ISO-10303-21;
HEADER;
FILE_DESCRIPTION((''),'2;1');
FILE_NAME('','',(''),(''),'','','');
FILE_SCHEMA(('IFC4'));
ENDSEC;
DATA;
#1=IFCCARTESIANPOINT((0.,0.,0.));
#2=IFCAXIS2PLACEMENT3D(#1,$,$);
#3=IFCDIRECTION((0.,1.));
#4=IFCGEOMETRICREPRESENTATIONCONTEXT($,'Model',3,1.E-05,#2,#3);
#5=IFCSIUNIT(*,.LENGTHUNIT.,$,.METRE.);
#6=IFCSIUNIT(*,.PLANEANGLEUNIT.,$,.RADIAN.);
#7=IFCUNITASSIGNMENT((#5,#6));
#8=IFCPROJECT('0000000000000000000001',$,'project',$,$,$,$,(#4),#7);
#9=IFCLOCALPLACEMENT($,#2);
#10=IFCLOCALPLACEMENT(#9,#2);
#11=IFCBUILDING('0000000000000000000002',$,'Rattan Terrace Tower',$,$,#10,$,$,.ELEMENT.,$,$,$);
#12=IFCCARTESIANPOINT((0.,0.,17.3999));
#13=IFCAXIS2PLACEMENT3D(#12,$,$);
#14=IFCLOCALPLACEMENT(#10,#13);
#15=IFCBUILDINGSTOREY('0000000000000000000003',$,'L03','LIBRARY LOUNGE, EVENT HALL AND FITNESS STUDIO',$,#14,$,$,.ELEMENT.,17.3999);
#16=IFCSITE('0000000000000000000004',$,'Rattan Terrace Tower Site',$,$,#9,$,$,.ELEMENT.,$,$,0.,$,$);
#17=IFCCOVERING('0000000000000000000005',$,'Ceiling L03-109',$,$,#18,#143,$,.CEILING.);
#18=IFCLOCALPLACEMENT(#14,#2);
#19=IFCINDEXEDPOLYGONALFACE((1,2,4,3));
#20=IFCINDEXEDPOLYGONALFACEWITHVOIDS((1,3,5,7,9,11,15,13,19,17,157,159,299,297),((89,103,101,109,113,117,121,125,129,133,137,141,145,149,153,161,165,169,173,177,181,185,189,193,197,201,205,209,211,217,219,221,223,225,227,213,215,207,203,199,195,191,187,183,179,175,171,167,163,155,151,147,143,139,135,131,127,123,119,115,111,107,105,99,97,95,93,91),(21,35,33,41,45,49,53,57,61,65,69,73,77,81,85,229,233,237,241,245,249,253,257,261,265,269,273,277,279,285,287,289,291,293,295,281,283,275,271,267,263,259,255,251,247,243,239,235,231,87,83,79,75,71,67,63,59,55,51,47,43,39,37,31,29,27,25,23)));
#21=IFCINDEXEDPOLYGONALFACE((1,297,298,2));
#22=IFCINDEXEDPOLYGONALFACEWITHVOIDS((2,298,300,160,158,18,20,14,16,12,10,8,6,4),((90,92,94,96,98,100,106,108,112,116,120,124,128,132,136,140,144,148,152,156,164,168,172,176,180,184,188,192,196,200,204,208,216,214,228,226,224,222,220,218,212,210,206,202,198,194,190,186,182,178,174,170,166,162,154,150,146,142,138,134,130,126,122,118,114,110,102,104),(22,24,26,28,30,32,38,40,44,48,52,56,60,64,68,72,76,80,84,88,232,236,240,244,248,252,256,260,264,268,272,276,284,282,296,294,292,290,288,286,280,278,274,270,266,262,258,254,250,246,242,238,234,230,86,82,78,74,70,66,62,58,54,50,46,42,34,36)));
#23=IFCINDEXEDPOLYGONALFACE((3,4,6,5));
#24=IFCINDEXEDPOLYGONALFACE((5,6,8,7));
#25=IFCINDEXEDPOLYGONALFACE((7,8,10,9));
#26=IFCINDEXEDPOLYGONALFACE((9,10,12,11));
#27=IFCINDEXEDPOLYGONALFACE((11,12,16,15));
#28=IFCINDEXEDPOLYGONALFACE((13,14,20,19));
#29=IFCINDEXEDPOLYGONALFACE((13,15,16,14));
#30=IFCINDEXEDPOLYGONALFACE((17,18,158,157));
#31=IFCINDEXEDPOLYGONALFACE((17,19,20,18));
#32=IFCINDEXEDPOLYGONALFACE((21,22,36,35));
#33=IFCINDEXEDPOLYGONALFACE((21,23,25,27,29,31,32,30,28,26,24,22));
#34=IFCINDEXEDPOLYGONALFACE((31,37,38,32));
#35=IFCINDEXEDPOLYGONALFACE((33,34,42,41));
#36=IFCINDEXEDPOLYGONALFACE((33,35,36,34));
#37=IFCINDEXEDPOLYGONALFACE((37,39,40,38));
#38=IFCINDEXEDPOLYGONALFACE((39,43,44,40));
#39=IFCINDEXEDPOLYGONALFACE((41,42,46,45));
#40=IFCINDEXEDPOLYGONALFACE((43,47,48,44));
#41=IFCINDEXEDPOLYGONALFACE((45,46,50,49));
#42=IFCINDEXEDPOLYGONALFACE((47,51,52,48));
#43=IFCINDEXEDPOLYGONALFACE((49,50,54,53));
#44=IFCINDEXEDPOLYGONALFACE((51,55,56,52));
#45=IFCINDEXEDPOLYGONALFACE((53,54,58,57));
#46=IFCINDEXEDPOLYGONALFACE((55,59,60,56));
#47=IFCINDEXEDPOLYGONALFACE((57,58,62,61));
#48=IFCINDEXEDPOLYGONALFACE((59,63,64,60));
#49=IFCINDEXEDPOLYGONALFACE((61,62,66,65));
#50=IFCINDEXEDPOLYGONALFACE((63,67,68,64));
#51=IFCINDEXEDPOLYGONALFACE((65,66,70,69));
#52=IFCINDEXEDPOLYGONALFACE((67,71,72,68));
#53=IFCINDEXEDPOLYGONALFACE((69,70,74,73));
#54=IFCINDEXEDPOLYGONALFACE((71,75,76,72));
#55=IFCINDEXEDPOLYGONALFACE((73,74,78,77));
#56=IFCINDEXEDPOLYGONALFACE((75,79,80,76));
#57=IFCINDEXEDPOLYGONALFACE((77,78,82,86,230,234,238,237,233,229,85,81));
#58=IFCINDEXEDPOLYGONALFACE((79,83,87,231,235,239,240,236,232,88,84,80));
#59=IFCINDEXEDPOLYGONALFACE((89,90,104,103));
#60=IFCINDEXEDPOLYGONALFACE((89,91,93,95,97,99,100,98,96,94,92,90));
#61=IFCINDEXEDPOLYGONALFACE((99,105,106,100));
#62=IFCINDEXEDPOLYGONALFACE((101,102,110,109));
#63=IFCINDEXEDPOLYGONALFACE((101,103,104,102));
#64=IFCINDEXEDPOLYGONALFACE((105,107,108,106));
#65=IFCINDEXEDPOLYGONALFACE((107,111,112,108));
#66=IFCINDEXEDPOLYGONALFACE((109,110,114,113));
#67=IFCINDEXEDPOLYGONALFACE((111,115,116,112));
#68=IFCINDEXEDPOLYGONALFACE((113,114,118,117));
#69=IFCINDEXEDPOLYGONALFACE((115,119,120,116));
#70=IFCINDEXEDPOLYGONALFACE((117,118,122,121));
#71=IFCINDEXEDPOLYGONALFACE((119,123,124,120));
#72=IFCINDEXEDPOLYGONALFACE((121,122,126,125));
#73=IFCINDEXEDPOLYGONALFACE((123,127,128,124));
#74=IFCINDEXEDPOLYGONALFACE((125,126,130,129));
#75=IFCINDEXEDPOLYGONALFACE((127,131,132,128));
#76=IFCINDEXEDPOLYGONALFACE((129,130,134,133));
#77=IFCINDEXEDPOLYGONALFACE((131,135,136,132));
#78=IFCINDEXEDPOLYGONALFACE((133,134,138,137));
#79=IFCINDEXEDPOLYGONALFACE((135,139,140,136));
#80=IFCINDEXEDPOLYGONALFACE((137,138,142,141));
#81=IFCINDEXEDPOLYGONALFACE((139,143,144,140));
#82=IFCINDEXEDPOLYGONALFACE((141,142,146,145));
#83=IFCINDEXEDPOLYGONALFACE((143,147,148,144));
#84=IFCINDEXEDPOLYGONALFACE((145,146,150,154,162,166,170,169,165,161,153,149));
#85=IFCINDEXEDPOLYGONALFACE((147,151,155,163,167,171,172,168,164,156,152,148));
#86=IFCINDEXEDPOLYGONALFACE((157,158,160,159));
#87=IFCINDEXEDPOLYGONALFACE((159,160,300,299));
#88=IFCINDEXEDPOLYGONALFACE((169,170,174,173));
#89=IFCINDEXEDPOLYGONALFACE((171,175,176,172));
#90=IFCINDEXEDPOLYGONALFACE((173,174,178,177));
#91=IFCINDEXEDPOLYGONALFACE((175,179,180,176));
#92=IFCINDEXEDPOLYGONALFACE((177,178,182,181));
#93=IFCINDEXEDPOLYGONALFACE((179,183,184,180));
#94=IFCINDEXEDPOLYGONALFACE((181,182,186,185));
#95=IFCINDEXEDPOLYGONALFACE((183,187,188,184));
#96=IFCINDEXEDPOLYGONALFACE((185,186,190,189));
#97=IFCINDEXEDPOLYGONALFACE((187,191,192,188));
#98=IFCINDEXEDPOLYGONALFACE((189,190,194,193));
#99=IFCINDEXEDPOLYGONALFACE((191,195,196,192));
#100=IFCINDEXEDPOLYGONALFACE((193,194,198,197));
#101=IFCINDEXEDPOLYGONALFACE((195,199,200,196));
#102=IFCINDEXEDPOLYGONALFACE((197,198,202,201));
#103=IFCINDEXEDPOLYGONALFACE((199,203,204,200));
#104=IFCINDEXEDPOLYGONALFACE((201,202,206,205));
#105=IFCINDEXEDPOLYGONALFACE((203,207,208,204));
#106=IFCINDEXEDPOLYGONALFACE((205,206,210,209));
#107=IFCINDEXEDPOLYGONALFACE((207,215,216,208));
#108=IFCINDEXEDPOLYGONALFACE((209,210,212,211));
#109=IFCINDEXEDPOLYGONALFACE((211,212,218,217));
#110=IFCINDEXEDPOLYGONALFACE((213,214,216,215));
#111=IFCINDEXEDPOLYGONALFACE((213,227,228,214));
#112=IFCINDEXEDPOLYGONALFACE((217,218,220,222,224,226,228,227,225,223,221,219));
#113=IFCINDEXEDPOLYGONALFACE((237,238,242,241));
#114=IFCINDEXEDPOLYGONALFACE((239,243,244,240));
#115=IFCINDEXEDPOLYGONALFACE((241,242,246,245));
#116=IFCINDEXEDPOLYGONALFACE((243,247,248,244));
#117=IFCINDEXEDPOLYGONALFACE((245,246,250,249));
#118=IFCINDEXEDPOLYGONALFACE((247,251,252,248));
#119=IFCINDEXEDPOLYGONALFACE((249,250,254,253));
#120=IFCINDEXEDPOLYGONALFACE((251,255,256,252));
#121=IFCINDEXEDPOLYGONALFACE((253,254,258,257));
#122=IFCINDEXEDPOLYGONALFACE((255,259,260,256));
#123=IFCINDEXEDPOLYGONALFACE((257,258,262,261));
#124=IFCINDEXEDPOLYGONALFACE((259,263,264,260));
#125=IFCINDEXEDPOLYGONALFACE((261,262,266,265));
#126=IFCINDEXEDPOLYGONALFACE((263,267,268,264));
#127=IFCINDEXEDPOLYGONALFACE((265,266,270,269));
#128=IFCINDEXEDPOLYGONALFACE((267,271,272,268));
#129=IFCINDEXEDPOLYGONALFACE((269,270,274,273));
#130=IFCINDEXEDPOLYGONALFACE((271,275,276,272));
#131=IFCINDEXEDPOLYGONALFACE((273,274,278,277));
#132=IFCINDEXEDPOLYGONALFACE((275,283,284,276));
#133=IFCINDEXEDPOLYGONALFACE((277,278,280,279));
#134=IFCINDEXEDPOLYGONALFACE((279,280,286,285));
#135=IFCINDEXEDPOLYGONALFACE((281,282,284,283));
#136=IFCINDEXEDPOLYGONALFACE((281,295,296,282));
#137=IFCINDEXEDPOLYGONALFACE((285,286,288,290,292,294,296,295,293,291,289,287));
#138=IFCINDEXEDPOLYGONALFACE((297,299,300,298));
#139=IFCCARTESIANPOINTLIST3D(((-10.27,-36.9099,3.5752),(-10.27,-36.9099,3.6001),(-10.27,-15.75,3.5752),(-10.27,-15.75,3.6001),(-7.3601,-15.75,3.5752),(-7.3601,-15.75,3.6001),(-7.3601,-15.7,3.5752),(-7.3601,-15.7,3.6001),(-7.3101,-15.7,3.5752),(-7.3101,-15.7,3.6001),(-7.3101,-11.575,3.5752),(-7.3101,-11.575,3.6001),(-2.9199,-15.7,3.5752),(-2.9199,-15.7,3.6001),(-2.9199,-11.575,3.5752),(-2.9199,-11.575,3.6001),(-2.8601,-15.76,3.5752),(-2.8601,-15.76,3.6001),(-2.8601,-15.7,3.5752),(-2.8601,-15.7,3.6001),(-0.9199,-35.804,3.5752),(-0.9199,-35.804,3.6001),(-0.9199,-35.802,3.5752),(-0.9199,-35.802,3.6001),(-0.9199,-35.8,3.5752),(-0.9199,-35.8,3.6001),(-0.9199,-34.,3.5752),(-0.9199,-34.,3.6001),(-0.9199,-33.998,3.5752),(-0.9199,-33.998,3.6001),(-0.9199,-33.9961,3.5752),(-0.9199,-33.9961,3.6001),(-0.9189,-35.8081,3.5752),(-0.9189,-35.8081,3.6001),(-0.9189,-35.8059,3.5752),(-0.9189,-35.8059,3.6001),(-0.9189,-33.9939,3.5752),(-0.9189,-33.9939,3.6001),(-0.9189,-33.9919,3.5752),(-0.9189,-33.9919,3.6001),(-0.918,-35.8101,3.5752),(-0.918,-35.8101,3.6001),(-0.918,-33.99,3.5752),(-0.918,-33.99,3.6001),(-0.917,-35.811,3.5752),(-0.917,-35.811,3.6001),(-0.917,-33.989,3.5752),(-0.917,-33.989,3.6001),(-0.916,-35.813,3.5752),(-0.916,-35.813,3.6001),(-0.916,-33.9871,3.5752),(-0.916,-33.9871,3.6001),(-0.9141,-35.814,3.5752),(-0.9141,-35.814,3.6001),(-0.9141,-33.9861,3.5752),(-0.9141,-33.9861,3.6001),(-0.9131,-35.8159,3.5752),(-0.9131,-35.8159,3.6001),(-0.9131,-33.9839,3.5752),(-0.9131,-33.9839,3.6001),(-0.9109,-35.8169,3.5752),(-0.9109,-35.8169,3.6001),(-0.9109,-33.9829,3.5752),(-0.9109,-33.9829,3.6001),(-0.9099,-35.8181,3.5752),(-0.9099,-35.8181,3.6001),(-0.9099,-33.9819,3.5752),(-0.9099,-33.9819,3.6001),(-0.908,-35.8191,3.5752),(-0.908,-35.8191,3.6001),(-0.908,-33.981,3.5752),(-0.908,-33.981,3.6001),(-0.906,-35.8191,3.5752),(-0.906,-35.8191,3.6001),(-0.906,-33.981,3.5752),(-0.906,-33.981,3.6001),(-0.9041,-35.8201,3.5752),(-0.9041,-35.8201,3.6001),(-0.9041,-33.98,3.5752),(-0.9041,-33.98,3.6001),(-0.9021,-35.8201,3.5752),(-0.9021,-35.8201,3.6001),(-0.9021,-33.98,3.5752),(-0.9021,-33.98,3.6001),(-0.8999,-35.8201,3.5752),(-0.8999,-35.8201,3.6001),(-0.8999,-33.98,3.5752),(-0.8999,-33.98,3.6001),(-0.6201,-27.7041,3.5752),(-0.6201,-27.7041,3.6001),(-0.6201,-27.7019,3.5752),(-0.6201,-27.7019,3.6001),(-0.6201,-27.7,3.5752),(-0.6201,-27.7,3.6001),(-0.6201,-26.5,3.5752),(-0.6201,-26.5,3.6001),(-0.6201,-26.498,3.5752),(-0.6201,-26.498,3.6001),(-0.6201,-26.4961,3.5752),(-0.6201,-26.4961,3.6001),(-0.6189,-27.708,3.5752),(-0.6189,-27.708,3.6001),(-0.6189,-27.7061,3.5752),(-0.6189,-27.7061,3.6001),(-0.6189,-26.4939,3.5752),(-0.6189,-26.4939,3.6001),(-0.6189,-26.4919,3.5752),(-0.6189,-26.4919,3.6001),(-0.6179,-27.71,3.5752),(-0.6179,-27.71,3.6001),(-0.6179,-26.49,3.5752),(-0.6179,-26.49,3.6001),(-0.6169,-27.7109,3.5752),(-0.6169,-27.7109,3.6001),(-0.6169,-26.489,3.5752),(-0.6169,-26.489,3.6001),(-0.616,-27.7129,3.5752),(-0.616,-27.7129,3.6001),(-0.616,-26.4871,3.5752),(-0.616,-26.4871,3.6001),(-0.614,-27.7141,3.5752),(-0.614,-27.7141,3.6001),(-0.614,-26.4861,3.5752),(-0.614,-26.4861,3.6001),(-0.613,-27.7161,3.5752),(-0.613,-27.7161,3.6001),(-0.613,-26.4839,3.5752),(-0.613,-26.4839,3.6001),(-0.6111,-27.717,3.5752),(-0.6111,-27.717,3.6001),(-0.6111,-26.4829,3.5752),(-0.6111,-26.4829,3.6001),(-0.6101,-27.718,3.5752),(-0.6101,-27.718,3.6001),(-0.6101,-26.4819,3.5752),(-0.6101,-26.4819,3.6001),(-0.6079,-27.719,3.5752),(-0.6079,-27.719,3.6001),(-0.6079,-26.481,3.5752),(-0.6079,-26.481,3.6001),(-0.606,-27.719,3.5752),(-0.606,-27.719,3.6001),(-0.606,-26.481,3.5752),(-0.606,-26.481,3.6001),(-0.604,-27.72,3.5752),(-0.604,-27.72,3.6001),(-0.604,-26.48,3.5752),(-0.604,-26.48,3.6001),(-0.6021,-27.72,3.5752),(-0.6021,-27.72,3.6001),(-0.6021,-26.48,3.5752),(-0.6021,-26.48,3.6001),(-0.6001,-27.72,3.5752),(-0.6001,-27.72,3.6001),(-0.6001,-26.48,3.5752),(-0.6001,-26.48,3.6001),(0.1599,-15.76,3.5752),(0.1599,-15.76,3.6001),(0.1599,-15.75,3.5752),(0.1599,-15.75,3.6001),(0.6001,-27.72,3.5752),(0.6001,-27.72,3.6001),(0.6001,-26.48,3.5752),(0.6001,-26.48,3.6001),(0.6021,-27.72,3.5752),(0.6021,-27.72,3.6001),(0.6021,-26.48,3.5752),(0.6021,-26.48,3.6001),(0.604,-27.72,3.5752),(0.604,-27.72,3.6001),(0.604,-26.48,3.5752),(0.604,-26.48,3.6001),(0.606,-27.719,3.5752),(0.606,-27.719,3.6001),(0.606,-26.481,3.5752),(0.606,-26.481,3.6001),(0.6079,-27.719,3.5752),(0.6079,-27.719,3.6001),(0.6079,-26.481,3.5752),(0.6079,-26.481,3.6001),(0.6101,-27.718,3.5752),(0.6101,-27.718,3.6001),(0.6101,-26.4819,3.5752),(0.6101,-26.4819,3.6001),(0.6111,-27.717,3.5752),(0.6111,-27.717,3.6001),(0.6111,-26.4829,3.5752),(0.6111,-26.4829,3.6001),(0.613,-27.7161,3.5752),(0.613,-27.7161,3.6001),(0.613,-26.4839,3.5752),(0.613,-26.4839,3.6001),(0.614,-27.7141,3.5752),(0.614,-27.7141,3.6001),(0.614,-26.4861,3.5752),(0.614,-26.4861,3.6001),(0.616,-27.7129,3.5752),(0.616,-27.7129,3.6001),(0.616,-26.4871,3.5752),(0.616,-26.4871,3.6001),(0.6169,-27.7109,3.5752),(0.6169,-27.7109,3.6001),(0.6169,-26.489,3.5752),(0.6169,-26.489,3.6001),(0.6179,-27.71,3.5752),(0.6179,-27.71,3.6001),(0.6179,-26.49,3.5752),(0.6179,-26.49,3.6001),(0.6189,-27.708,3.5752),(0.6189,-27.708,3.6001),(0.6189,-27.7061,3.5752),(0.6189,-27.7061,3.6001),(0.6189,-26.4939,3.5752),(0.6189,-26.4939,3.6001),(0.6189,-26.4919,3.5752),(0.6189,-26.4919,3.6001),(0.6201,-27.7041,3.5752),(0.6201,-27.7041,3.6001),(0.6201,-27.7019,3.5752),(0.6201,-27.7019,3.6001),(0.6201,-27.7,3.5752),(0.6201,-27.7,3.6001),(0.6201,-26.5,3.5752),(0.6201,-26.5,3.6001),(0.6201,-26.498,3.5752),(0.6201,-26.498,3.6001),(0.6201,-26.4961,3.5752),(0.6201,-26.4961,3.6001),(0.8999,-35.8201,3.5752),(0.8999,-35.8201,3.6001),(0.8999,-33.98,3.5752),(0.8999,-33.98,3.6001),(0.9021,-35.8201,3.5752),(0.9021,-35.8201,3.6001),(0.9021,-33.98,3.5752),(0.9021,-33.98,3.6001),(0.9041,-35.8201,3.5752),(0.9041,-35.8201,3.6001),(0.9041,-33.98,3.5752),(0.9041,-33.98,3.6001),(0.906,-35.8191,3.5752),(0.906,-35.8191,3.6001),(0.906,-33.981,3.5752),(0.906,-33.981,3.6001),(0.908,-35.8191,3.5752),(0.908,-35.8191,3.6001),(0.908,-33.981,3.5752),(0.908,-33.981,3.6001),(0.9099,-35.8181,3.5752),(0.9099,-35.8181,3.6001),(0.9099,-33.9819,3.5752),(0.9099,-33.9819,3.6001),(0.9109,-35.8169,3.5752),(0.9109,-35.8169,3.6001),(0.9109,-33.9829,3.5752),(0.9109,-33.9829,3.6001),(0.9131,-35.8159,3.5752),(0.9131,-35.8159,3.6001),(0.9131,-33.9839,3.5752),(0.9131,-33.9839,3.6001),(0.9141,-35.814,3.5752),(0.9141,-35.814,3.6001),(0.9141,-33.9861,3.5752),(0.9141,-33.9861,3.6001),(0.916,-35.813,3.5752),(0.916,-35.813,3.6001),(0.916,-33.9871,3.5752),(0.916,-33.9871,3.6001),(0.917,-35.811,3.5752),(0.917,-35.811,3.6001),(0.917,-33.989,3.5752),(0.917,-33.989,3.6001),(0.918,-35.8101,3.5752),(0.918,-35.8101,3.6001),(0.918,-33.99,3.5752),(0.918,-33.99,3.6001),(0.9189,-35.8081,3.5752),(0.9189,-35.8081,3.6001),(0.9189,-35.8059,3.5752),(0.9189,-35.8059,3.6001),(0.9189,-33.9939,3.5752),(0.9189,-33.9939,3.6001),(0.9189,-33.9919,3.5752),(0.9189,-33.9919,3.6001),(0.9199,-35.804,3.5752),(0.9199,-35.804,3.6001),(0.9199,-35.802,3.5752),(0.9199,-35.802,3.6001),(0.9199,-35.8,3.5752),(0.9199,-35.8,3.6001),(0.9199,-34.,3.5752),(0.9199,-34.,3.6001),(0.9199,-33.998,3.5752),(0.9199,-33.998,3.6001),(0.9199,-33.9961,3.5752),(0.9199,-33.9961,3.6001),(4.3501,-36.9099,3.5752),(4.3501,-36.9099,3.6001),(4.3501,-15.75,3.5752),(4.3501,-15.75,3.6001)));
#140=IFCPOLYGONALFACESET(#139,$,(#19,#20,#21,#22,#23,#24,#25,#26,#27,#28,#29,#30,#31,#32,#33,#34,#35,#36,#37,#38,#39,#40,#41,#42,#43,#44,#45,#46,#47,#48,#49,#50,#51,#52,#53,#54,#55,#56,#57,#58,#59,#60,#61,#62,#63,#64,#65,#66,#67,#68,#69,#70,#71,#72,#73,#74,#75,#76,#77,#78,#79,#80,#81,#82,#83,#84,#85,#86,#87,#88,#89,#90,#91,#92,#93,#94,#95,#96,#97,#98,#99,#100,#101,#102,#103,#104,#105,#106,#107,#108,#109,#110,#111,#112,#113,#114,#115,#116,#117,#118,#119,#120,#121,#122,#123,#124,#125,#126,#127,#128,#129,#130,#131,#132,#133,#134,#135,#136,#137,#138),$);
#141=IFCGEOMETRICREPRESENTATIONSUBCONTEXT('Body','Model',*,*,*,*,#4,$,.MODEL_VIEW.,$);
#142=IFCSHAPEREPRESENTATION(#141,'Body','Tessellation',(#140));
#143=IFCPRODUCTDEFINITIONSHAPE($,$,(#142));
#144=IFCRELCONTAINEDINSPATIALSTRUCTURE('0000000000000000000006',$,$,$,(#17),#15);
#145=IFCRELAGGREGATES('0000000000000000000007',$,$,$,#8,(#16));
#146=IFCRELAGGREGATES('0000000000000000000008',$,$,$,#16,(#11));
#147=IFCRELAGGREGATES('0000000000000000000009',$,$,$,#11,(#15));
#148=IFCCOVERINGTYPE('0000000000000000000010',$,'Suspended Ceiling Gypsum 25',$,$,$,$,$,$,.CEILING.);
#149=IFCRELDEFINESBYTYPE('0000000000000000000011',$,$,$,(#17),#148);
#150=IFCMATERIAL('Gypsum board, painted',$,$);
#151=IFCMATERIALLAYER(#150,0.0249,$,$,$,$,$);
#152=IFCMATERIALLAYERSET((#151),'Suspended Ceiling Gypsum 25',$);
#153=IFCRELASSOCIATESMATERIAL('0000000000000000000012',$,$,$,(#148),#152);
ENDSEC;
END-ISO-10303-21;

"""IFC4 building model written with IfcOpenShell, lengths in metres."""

from ifc_helpers import new_model, si_unit, direction, frame, origin, place, context, subcontext, project, spatial, polyline, outline, extrude, material, layer, layer_set, type_object, element, save


model = new_model("IFC4")

# Units and contexts
model_context = context("Model", 3, precision=1e-05, world=origin(), true_north=direction((0.0, 1.0)))
body_context = subcontext(model_context, "Body", "Model", "MODEL_VIEW")
ifc_project = project(units=[si_unit("LENGTHUNIT", "METRE"), si_unit("PLANEANGLEUNIT", "RADIAN")], contexts=[model_context])

# Site, building, storey
site_placement = place(None, origin())
site = spatial("IfcSite", under=ifc_project, at=site_placement, Name="Rattan Terrace Tower Site", CompositionType="ELEMENT", RefElevation=0.0)
building_placement = place(site_placement, origin())
building = spatial("IfcBuilding", under=site, at=building_placement, Name="Rattan Terrace Tower", CompositionType="ELEMENT")
storey_placement = place(building_placement, frame((0.0, 0.0, 17.3999)))
storey = spatial("IfcBuildingStorey", under=building, at=storey_placement, Name="L03", Description="LIBRARY LOUNGE, EVENT HALL AND FITNESS STUDIO", CompositionType="ELEMENT", Elevation=17.3999)

# Covering
ifc_material_1 = material(Name="Gypsum board, painted")
ifc_layer_1 = layer(ifc_material_1, 0.0249)
ifc_layer_set_1 = layer_set([ifc_layer_1], Name="Suspended Ceiling Gypsum 25")
covering_type_1 = type_object("IfcCoveringType", Name="Suspended Ceiling Gypsum 25", PredefinedType="CEILING", material=ifc_layer_set_1)
covering_1_placement = place(storey_placement, frame((0.0, 0.0, 3.5752)))
element("IfcCovering", 1, at=covering_1_placement, inside=storey, type_object=covering_type_1, Name="Ceiling L03-109", PredefinedType="CEILING", context=body_context, shape_type="SweptSolid", body=[
    extrude(outline(polyline([(-10.27, -15.75), (-10.27, -36.9099), (4.3501, -36.9099), (4.3501, -15.75), (0.1599, -15.75), (0.1599, -15.76), (-2.8601, -15.76), (-2.8601, -15.7), (-2.9199, -15.7), (-2.9199, -11.575), (-7.3101, -11.575), (-7.3101, -15.7), (-7.3601, -15.7), (-7.3601, -15.75), (-10.27, -15.75)]), holes=[polyline([(-0.906, -35.8191), (-0.9041, -35.8201), (-0.9021, -35.8201), (-0.8999, -35.8201), (0.8999, -35.8201), (0.9021, -35.8201), (0.9041, -35.8201), (0.906, -35.8191), (0.908, -35.8191), (0.9099, -35.8181), (0.9109, -35.8169), (0.9131, -35.8159), (0.9141, -35.814), (0.916, -35.813), (0.917, -35.811), (0.918, -35.8101), (0.9189, -35.8081), (0.9189, -35.8059), (0.9199, -35.804), (0.9199, -35.802), (0.9199, -35.8), (0.9199, -34.0), (0.9199, -33.998), (0.9199, -33.9961), (0.9189, -33.9939), (0.9189, -33.9919), (0.918, -33.99), (0.917, -33.989), (0.916, -33.9871), (0.9141, -33.9861), (0.9131, -33.9839), (0.9109, -33.9829), (0.9099, -33.9819), (0.908, -33.981), (0.906, -33.981), (0.9041, -33.98), (0.9021, -33.98), (0.8999, -33.98), (-0.8999, -33.98), (-0.9021, -33.98), (-0.9041, -33.98), (-0.906, -33.981), (-0.908, -33.981), (-0.9099, -33.9819), (-0.9109, -33.9829), (-0.9131, -33.9839), (-0.9141, -33.9861), (-0.916, -33.9871), (-0.917, -33.989), (-0.918, -33.99), (-0.9189, -33.9919), (-0.9189, -33.9939), (-0.9199, -33.9961), (-0.9199, -33.998), (-0.9199, -34.0), (-0.9199, -35.8), (-0.9199, -35.802), (-0.9199, -35.804), (-0.9189, -35.8059), (-0.9189, -35.8081), (-0.918, -35.8101), (-0.917, -35.811), (-0.916, -35.813), (-0.9141, -35.814), (-0.9131, -35.8159), (-0.9109, -35.8169), (-0.9099, -35.8181), (-0.908, -35.8191), (-0.906, -35.8191)]), polyline([(-0.6101, -27.718), (-0.6079, -27.719), (-0.606, -27.719), (-0.604, -27.72), (-0.6021, -27.72), (-0.6001, -27.72), (0.6001, -27.72), (0.6021, -27.72), (0.604, -27.72), (0.606, -27.719), (0.6079, -27.719), (0.6101, -27.718), (0.6111, -27.717), (0.613, -27.7161), (0.614, -27.7141), (0.616, -27.7129), (0.6169, -27.7109), (0.6179, -27.71), (0.6189, -27.708), (0.6189, -27.7061), (0.6201, -27.7041), (0.6201, -27.7019), (0.6201, -27.7), (0.6201, -26.5), (0.6201, -26.498), (0.6201, -26.4961), (0.6189, -26.4939), (0.6189, -26.4919), (0.6179, -26.49), (0.6169, -26.489), (0.616, -26.4871), (0.614, -26.4861), (0.613, -26.4839), (0.6111, -26.4829), (0.6101, -26.4819), (0.6079, -26.481), (0.606, -26.481), (0.604, -26.48), (0.6021, -26.48), (0.6001, -26.48), (-0.6001, -26.48), (-0.6021, -26.48), (-0.604, -26.48), (-0.606, -26.481), (-0.6079, -26.481), (-0.6101, -26.4819), (-0.6111, -26.4829), (-0.613, -26.4839), (-0.614, -26.4861), (-0.616, -26.4871), (-0.6169, -26.489), (-0.6179, -26.49), (-0.6189, -26.4919), (-0.6189, -26.4939), (-0.6201, -26.4961), (-0.6201, -26.498), (-0.6201, -26.5), (-0.6201, -27.7), (-0.6201, -27.7019), (-0.6201, -27.7041), (-0.6189, -27.7061), (-0.6189, -27.708), (-0.6179, -27.71), (-0.6169, -27.7109), (-0.616, -27.7129), (-0.614, -27.7141), (-0.613, -27.7161), (-0.6111, -27.717), (-0.6101, -27.718)])]), origin(), (0.0, 0.0, 1.0), 0.0249),
])

save(model, "model.ifc")
